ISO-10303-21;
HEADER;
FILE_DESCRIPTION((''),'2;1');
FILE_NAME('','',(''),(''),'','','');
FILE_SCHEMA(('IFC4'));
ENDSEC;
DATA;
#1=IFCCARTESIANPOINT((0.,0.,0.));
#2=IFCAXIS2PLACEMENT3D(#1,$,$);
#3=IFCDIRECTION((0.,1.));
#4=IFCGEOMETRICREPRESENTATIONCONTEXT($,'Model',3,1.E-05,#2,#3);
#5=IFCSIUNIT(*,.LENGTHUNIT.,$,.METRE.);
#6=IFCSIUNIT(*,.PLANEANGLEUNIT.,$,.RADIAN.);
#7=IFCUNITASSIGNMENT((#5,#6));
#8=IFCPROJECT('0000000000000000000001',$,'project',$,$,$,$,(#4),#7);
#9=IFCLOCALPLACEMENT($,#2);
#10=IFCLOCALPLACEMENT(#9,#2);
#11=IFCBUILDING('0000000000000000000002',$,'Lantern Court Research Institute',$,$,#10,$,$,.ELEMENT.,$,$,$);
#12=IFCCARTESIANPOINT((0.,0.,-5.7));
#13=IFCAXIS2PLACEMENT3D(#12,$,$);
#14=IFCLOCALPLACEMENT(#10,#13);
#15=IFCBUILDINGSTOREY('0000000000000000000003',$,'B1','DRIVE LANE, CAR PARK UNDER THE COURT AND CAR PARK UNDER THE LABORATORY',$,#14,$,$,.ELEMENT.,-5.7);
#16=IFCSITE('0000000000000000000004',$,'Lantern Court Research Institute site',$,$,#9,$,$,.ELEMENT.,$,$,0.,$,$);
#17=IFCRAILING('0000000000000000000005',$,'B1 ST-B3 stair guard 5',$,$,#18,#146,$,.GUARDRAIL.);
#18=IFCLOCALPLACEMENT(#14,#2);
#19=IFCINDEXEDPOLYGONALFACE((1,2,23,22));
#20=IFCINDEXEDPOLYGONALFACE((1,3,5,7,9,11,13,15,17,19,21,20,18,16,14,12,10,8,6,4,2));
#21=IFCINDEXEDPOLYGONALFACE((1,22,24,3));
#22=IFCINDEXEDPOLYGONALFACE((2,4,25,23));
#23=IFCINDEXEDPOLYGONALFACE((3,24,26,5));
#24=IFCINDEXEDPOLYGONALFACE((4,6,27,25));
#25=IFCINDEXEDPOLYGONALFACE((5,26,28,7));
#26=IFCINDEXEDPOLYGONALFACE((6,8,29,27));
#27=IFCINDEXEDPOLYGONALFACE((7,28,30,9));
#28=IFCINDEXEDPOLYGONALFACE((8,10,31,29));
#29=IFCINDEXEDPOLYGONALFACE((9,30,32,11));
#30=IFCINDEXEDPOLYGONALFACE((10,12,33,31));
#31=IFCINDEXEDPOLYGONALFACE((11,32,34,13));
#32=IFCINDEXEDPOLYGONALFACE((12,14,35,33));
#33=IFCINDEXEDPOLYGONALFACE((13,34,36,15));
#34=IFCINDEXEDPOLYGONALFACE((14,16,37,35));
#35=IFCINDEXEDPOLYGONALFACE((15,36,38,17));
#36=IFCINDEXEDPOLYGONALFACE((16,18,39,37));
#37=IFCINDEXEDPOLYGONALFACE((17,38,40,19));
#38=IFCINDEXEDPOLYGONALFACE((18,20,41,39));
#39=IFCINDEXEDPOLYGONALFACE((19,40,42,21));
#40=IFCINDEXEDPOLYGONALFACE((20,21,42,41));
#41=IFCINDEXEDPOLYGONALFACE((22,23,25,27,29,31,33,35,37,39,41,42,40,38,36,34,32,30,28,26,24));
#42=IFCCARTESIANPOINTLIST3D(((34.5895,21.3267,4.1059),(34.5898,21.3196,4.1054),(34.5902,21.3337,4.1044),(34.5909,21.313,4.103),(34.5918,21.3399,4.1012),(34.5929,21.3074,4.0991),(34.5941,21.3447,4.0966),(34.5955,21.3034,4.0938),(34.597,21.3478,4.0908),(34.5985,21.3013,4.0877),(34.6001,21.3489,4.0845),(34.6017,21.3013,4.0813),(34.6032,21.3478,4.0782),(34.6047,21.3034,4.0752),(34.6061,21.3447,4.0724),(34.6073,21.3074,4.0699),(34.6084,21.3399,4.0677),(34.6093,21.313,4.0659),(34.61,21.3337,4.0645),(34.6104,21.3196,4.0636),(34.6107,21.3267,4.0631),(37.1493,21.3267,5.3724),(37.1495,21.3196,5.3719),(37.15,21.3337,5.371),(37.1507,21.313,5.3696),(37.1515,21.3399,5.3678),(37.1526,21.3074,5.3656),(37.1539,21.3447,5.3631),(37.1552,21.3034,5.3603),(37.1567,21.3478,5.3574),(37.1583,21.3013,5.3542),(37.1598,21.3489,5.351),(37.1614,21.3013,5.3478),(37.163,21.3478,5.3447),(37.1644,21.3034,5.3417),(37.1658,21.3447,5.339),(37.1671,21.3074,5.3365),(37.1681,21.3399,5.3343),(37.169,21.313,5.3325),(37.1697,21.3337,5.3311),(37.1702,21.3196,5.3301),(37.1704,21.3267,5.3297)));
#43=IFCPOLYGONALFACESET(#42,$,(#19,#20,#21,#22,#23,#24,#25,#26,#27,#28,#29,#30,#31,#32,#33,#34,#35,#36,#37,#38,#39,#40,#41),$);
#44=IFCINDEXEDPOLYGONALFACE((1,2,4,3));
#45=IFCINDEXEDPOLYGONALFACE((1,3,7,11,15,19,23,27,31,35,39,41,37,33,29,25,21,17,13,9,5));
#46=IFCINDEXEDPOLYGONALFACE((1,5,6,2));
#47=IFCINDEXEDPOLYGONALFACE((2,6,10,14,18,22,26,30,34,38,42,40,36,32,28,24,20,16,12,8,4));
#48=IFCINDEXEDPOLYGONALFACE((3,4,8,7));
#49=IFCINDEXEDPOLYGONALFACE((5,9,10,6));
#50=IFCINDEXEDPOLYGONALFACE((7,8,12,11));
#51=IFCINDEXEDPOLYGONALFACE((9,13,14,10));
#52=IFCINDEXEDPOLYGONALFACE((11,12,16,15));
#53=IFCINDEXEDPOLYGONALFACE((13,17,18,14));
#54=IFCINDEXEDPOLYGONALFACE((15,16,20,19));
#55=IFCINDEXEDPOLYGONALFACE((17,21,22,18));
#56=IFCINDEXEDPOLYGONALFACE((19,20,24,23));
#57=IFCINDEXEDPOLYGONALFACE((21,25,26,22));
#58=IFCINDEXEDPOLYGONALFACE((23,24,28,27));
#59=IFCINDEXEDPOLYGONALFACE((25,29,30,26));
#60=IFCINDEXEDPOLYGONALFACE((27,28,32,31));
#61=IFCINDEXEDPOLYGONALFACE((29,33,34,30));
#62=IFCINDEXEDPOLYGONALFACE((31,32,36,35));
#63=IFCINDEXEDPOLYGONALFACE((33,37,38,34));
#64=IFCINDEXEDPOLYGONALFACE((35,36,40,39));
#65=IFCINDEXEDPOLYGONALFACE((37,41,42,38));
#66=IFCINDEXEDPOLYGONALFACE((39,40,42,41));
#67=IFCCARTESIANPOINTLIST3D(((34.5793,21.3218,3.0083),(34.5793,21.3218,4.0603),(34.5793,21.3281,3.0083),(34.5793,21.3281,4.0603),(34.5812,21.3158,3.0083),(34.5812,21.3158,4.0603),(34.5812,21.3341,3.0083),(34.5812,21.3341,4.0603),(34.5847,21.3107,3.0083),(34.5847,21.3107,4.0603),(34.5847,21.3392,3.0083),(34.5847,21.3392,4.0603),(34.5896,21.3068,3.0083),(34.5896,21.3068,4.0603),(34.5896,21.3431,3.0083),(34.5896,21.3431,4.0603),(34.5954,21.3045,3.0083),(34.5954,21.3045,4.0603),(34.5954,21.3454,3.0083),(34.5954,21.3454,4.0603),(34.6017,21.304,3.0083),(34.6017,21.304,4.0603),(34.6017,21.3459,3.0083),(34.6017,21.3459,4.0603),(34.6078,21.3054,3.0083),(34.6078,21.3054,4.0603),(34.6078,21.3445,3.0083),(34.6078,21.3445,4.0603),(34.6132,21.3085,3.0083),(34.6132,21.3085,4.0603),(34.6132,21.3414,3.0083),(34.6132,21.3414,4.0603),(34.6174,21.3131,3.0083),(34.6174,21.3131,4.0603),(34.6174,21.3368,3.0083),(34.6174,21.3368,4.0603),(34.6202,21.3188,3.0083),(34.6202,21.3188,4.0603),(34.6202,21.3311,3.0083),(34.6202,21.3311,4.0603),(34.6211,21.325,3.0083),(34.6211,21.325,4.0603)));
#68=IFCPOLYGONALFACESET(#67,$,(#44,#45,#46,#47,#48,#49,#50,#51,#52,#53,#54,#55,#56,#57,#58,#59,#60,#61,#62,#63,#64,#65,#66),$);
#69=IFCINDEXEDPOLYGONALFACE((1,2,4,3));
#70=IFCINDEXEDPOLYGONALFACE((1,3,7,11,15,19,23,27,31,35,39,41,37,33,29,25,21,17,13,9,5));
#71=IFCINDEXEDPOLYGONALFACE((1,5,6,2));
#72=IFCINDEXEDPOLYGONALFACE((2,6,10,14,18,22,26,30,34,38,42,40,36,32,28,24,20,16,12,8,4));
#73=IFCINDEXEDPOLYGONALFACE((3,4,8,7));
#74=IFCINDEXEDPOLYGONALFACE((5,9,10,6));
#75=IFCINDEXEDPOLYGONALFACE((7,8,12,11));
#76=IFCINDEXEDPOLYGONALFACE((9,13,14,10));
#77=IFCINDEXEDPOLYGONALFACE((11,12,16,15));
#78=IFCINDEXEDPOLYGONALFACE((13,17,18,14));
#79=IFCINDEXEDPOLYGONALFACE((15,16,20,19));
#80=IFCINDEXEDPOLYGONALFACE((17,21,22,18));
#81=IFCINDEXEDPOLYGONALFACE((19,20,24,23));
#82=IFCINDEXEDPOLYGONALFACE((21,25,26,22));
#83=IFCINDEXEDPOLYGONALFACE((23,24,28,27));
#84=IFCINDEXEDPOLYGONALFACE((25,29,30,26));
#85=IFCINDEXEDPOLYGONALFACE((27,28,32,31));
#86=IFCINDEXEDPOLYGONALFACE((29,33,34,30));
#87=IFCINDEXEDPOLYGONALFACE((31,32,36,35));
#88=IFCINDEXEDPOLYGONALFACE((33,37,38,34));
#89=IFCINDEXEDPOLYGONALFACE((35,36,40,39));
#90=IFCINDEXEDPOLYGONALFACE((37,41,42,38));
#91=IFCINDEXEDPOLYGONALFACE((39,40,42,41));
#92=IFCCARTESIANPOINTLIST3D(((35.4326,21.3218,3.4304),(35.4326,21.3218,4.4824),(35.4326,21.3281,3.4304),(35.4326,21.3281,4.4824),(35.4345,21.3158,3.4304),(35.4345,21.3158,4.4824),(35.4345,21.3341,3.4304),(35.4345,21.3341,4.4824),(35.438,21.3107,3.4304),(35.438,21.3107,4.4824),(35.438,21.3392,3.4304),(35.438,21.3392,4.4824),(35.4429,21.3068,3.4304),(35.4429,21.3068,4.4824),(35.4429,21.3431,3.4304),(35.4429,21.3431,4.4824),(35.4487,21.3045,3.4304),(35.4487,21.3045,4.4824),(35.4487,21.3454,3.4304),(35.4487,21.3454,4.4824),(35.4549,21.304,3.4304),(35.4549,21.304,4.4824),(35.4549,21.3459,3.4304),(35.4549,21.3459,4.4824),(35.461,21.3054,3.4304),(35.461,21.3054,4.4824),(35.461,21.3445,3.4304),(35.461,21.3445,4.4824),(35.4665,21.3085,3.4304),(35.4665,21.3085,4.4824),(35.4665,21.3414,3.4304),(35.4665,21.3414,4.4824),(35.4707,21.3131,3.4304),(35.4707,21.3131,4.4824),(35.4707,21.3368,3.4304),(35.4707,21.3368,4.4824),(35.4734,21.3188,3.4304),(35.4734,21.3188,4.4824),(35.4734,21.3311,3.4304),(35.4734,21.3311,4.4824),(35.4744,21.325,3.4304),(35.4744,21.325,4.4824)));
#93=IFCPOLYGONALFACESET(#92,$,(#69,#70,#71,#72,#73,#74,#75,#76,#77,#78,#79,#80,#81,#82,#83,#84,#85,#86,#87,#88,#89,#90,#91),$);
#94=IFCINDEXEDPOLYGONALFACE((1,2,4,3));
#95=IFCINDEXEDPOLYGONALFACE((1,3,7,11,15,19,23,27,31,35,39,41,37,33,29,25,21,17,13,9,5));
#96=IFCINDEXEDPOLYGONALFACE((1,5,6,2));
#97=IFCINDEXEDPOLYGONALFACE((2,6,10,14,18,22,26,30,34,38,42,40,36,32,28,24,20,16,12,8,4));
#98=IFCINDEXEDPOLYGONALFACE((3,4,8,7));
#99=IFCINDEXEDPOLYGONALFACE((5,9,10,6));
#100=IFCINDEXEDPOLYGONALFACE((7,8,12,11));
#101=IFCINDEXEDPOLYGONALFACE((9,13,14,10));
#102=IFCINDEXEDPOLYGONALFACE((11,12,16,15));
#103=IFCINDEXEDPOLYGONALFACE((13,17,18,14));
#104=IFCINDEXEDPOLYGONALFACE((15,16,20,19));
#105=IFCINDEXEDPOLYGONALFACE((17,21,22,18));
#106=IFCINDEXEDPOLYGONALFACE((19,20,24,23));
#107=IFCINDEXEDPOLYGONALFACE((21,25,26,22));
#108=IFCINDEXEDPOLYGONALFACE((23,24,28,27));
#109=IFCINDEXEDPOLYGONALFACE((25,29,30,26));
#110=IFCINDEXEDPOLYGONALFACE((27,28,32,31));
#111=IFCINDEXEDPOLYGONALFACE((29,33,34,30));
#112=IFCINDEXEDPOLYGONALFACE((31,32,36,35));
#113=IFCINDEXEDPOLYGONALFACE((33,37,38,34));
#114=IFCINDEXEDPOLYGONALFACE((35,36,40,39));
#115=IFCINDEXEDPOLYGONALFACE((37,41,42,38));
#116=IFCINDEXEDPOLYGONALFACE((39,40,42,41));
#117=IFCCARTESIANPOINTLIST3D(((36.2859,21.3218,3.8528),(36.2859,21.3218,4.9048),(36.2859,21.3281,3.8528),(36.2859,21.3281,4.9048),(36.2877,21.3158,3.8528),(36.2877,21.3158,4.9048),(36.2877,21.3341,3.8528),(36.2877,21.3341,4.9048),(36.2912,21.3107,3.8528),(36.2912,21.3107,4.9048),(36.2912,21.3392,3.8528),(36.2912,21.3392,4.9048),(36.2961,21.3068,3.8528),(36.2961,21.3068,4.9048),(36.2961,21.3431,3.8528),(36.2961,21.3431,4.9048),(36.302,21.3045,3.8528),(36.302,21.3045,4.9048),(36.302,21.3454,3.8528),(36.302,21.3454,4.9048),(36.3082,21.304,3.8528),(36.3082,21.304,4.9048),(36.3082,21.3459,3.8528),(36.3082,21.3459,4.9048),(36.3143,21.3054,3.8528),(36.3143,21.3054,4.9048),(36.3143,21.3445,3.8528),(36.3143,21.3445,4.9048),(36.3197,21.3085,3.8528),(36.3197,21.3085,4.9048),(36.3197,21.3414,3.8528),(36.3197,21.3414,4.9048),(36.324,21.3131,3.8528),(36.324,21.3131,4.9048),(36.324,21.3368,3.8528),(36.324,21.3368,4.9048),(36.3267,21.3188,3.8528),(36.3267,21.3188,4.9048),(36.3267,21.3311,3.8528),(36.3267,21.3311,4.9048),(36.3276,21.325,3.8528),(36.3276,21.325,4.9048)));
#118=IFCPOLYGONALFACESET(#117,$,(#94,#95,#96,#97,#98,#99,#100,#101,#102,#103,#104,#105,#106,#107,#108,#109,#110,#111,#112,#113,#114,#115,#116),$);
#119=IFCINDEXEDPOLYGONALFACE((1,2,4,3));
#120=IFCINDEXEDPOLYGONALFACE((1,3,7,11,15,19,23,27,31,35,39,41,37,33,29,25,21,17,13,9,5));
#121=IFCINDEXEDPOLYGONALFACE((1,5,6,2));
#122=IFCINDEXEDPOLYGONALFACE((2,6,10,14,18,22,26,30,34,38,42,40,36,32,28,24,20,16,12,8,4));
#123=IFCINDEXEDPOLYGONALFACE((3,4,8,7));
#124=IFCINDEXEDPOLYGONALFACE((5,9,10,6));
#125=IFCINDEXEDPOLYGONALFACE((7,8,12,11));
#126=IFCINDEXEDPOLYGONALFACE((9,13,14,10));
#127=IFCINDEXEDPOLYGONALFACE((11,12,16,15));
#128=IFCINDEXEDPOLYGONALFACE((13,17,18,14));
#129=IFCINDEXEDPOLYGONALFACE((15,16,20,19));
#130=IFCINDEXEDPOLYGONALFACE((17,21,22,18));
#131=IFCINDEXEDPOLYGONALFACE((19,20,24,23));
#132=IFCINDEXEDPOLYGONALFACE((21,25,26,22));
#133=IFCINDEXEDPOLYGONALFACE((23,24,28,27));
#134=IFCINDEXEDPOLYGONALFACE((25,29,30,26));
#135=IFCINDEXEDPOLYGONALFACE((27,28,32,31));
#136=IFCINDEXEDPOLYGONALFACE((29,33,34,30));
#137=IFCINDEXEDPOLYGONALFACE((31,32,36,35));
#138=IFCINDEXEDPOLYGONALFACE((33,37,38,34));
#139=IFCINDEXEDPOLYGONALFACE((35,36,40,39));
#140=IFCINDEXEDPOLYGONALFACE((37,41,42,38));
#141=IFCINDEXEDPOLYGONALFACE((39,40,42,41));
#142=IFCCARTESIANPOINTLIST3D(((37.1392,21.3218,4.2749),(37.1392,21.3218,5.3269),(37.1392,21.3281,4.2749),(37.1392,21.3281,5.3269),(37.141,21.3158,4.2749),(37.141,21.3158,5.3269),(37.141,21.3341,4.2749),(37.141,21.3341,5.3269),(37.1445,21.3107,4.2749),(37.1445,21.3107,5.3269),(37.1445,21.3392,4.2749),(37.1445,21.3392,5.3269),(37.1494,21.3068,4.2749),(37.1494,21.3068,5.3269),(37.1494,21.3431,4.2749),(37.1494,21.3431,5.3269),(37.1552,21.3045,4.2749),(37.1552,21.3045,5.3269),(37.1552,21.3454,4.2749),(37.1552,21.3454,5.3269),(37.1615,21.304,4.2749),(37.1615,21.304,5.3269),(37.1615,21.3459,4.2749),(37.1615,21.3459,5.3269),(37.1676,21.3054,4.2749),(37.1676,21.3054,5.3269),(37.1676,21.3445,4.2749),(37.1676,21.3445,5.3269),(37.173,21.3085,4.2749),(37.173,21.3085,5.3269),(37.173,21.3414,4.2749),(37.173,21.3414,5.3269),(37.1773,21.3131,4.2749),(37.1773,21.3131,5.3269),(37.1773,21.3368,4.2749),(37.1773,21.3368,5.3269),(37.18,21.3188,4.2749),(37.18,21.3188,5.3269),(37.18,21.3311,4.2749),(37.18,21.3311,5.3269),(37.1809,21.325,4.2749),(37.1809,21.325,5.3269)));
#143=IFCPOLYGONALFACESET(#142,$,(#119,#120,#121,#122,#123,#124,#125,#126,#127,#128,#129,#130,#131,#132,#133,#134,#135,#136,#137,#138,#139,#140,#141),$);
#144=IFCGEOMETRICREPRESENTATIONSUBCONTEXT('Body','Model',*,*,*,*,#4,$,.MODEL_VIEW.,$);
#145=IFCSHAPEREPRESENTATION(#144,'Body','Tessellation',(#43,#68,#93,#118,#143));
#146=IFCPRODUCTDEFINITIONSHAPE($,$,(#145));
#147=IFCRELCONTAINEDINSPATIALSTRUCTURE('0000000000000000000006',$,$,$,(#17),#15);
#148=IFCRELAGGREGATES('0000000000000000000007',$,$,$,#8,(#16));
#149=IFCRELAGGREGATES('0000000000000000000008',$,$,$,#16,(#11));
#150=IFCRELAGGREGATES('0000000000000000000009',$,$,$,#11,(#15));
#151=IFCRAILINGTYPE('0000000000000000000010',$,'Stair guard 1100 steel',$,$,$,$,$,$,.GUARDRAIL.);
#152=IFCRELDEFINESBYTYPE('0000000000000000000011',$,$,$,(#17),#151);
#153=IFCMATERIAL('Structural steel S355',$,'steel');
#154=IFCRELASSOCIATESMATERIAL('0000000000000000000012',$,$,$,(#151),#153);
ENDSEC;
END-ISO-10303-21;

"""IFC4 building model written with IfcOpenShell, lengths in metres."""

from ifc_helpers import new_model, si_unit, direction, frame, origin, origin_2d, place, context, subcontext, project, spatial, circle, extrude, material, type_object, element, save


model = new_model("IFC4")

# Units and contexts
model_context = context("Model", 3, precision=1e-05, world=origin(), true_north=direction((0.0, 1.0)))
body_context = subcontext(model_context, "Body", "Model", "MODEL_VIEW")
ifc_project = project(units=[si_unit("LENGTHUNIT", "METRE"), si_unit("PLANEANGLEUNIT", "RADIAN")], contexts=[model_context])

# Site, building, storey
site_placement = place(None, origin())
site = spatial("IfcSite", under=ifc_project, at=site_placement, Name="Lantern Court Research Institute site", CompositionType="ELEMENT", RefElevation=0.0)
building_placement = place(site_placement, origin())
building = spatial("IfcBuilding", under=site, at=building_placement, Name="Lantern Court Research Institute", CompositionType="ELEMENT")
storey_placement = place(building_placement, frame((0.0, 0.0, -5.7)))
storey = spatial("IfcBuildingStorey", under=building, at=storey_placement, Name="B1", Description="DRIVE LANE, CAR PARK UNDER THE COURT AND CAR PARK UNDER THE LABORATORY", CompositionType="ELEMENT", Elevation=-5.7)

# Railing
ifc_material_1 = material(Name="Structural steel S355", Category="steel")
railing_type_1 = type_object("IfcRailingType", Name="Stair guard 1100 steel", PredefinedType="GUARDRAIL", material=ifc_material_1)
railing_1_placement = place(storey_placement, frame((34.6001, 21.325, 3.0083)))
element("IfcRailing", 1, at=railing_1_placement, inside=storey, type_object=railing_type_1, Name="B1 ST-B3 stair guard 5", PredefinedType="GUARDRAIL", context=body_context, shape_type="SweptSolid", body=[
    extrude(circle(Radius=0.0239, at=origin_2d()), frame((0.0, 0.0, 1.0762), z_axis=(0.896283, 0.0, 0.443483), x_axis=(0.0, 1.0, 0.0)), (0.0, 0.0, 1.0), 2.856),
    extrude(circle(Radius=0.021, at=origin_2d()), origin(), (0.0, 0.0, 1.0), 1.052),
    extrude(circle(Radius=0.021, at=origin_2d()), frame((0.8533, 0.0, 0.4221)), (0.0, 0.0, 1.0), 1.052),
    extrude(circle(Radius=0.021, at=origin_2d()), frame((1.7065, 0.0, 0.8445)), (0.0, 0.0, 1.0), 1.052),
    extrude(circle(Radius=0.021, at=origin_2d()), frame((2.5598, 0.0, 1.2666)), (0.0, 0.0, 1.0), 1.052),
])

save(model, "model.ifc")
